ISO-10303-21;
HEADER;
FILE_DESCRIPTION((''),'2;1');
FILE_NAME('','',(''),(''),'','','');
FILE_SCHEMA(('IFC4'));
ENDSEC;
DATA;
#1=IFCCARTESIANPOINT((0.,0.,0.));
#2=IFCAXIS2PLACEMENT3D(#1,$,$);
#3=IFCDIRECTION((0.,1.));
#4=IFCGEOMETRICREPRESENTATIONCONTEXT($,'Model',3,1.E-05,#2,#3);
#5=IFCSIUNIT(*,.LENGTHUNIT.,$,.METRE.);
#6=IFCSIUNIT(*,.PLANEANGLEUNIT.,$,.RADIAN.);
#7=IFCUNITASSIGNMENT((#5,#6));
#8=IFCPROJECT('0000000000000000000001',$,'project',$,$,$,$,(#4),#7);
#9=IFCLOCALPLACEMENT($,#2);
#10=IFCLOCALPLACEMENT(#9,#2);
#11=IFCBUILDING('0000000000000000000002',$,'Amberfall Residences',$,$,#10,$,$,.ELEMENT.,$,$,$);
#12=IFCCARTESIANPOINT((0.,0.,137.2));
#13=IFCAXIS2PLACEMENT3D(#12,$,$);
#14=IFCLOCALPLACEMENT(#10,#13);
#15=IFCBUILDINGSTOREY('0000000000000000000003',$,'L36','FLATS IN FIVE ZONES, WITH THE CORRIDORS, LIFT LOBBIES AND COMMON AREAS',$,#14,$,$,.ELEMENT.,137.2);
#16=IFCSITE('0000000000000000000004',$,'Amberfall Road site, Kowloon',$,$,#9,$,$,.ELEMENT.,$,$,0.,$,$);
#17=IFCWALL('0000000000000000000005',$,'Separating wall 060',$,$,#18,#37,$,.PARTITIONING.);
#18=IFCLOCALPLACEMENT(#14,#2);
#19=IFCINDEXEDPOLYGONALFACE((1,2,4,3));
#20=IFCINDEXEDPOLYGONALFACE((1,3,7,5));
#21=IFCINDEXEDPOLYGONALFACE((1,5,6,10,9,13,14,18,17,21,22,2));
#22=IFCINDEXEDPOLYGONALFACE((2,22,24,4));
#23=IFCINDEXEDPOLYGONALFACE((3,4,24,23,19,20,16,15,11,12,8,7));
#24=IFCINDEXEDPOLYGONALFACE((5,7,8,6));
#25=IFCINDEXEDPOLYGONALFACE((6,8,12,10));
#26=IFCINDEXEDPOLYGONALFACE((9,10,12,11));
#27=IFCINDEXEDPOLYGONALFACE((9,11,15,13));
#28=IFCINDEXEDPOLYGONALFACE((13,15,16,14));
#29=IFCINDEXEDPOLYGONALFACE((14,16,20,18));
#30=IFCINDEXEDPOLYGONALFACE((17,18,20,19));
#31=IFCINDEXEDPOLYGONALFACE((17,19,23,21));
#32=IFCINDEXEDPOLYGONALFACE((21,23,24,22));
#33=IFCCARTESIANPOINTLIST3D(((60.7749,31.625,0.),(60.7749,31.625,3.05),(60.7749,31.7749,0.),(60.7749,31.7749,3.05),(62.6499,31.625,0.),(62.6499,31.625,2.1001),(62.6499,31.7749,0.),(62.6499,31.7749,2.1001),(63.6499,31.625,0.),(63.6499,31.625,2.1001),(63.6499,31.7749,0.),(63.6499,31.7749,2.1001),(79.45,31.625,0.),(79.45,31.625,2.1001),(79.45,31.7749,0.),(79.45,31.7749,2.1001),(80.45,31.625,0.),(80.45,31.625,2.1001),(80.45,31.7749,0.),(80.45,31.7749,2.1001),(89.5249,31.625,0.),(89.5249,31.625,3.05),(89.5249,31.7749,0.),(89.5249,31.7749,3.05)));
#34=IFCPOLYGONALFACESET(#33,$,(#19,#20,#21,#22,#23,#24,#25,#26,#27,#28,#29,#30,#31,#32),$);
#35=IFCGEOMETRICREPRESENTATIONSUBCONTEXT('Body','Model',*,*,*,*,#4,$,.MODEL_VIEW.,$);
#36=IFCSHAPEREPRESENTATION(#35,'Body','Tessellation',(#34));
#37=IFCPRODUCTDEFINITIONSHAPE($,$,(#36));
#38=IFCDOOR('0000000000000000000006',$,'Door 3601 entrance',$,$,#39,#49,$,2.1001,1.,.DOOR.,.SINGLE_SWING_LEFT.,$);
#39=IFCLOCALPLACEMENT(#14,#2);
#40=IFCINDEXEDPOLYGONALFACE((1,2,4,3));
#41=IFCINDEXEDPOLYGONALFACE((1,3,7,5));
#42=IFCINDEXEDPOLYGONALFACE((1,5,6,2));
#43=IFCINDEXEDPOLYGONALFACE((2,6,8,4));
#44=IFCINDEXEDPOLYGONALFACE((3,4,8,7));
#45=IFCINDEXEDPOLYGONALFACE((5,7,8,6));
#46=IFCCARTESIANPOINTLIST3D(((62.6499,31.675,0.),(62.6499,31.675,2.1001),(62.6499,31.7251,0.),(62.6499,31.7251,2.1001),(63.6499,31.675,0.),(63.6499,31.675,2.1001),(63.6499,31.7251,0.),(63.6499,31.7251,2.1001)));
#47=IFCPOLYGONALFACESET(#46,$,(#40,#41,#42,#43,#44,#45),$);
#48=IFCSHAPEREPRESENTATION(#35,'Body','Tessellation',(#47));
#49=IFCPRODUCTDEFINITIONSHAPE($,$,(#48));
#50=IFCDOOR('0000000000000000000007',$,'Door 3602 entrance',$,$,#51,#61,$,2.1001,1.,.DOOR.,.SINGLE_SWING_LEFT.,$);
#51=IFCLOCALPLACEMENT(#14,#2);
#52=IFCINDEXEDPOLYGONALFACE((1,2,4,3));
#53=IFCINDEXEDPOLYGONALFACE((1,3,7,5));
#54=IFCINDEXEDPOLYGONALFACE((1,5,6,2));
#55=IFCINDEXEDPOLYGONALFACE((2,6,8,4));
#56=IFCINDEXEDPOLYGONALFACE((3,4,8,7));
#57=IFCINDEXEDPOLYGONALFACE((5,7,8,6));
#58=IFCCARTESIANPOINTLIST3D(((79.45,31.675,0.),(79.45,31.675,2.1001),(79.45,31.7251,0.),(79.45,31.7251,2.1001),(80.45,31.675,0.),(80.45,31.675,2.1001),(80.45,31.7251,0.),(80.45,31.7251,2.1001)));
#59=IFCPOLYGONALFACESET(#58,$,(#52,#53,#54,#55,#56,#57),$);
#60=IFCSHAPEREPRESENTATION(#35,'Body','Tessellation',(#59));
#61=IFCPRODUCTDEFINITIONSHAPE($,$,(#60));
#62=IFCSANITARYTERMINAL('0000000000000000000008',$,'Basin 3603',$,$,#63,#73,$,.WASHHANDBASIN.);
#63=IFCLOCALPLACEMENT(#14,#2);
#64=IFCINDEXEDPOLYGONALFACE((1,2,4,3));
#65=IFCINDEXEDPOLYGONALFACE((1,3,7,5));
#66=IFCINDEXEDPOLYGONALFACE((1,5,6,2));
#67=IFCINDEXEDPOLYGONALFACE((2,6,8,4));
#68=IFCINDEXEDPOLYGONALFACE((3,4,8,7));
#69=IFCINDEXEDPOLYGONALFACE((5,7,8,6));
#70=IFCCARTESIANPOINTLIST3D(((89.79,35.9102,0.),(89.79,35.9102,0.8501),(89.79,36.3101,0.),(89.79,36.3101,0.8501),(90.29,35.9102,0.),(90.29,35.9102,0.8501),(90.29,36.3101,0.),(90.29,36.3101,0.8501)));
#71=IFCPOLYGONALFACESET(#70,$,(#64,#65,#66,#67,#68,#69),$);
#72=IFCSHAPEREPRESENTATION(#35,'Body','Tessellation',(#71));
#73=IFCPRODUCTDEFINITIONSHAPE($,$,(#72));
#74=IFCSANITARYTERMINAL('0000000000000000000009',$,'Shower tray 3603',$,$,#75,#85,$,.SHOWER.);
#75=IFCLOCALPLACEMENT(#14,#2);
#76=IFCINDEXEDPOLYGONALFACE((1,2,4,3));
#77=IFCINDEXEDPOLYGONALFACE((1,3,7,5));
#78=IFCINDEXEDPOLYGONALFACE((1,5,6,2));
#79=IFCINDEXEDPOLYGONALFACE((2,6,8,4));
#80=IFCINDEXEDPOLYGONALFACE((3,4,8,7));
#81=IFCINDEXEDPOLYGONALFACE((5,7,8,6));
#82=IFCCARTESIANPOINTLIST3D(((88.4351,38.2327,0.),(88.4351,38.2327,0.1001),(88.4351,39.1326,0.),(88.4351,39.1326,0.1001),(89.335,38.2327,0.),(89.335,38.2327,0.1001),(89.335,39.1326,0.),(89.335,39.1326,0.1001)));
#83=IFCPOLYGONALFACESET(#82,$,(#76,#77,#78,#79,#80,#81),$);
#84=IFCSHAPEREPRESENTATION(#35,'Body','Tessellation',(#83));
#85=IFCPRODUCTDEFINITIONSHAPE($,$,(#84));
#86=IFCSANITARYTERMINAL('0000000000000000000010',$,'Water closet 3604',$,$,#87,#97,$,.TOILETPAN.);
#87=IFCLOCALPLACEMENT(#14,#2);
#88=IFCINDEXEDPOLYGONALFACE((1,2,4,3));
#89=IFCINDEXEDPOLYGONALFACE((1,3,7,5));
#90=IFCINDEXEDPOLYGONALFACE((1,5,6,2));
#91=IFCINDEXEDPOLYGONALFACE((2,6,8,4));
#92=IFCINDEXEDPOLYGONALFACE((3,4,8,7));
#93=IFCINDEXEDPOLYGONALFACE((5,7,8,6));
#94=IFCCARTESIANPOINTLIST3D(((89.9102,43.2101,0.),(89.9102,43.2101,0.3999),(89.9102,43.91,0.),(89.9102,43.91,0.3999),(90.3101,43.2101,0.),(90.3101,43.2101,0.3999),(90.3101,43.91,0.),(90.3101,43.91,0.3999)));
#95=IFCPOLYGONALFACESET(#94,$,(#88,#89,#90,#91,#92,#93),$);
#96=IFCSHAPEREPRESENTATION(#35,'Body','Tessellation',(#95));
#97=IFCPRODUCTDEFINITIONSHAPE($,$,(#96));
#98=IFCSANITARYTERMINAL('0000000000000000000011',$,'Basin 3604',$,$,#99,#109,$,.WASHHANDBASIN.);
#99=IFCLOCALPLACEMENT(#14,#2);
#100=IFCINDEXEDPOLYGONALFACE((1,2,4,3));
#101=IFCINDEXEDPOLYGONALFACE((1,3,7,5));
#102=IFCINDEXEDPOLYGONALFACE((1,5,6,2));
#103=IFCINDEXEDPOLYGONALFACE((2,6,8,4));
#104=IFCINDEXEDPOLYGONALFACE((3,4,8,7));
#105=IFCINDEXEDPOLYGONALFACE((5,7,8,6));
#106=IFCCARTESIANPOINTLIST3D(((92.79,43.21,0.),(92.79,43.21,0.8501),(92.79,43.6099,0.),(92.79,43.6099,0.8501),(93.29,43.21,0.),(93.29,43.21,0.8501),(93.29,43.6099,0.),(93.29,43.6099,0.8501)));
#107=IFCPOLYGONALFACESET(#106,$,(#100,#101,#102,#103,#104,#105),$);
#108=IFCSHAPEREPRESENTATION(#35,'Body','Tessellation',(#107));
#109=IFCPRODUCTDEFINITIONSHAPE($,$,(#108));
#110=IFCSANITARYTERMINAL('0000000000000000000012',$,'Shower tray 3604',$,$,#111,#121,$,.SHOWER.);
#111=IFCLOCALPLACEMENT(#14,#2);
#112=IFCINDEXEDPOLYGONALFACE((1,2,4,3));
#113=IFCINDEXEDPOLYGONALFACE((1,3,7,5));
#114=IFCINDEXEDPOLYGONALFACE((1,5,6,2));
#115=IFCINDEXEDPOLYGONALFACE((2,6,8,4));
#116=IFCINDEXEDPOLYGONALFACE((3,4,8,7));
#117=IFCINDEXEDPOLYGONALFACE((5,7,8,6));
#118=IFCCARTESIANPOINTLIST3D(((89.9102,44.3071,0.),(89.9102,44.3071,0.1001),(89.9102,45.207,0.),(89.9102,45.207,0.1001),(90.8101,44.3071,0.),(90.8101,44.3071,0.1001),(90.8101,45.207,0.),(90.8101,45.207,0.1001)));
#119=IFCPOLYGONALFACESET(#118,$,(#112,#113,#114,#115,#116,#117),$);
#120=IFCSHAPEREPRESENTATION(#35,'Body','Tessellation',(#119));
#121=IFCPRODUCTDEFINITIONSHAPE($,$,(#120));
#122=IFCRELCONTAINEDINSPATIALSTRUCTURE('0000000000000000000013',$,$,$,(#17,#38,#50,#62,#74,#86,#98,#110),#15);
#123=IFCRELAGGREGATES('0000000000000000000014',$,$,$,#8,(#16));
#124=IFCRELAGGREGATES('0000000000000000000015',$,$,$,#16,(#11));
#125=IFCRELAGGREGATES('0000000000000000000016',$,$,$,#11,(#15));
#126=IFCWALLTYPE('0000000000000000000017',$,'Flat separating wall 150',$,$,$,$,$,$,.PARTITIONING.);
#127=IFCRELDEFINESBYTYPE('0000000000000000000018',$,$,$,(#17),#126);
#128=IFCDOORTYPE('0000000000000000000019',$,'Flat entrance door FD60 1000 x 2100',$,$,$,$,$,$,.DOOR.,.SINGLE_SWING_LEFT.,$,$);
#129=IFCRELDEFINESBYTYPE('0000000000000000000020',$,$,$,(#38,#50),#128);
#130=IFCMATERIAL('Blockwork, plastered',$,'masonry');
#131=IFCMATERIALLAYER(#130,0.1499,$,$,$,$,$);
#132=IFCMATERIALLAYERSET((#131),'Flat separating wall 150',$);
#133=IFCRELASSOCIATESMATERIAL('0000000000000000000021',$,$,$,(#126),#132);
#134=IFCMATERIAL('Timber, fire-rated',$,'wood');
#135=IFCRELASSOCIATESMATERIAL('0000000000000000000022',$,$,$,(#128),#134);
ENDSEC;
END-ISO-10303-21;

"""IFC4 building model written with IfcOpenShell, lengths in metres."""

from ifc_helpers import new_model, si_unit, direction, frame, frame_2d, origin, origin_2d, place, context, subcontext, project, spatial, rectangle, extrude, material, layer, layer_set, type_object, element, fill, save


model = new_model("IFC4")

# Units and contexts
model_context = context("Model", 3, precision=1e-05, world=origin(), true_north=direction((0.0, 1.0)))
body_context = subcontext(model_context, "Body", "Model", "MODEL_VIEW")
ifc_project = project(units=[si_unit("LENGTHUNIT", "METRE"), si_unit("PLANEANGLEUNIT", "RADIAN")], contexts=[model_context])

# Site, building, storey
site_placement = place(None, origin())
site = spatial("IfcSite", under=ifc_project, at=site_placement, Name="Amberfall Road site, Kowloon", CompositionType="ELEMENT", RefElevation=0.0)
building_placement = place(site_placement, origin())
building = spatial("IfcBuilding", under=site, at=building_placement, Name="Amberfall Residences", CompositionType="ELEMENT")
storey_placement = place(building_placement, frame((0.0, 0.0, 137.2)))
storey = spatial("IfcBuildingStorey", under=building, at=storey_placement, Name="L36", Description="FLATS IN FIVE ZONES, WITH THE CORRIDORS, LIFT LOBBIES AND COMMON AREAS", CompositionType="ELEMENT", Elevation=137.2)

# Wall, openings, doors
ifc_material_1 = material(Name="Blockwork, plastered", Category="masonry")
ifc_layer_1 = layer(ifc_material_1, 0.1499)
ifc_layer_set_1 = layer_set([ifc_layer_1], Name="Flat separating wall 150")
wall_type_1 = type_object("IfcWallType", Name="Flat separating wall 150", PredefinedType="PARTITIONING", material=ifc_layer_set_1)
wall_1_placement = place(storey_placement, frame((89.5249, 31.7, 0.0), z_axis=(0.0, 0.0, 1.0), x_axis=(-1.0, 0.0, 0.0)))
wall_1 = element("IfcWall", 1, at=wall_1_placement, inside=storey, type_object=wall_type_1, Name="Separating wall 060", PredefinedType="PARTITIONING", context=body_context, shape_type="SweptSolid", body=[
    extrude(rectangle(XDim=28.75, YDim=0.1499, at=frame_2d((14.375, 0.0))), origin(), (0.0, 0.0, 1.0), 3.05),
])
opening_1_placement = place(wall_1_placement, frame((25.875, 0.0, 0.0)))
opening_1 = element("IfcOpeningElement", 2, at=opening_1_placement, cuts=wall_1, PredefinedType="OPENING", context=body_context, shape_type="SweptSolid", body=[
    extrude(rectangle(XDim=1.0, YDim=2.1001, at=frame_2d((0.5, 1.05))), frame((0.0, 0.085, 0.0), z_axis=(0.0, -1.0, 0.0), x_axis=(1.0, 0.0, 0.0)), (0.0, 0.0, 1.0), 0.1699),
])
opening_2_placement = place(wall_1_placement, frame((9.075, 0.0, 0.0)))
opening_2 = element("IfcOpeningElement", 3, at=opening_2_placement, cuts=wall_1, PredefinedType="OPENING", context=body_context, shape_type="SweptSolid", body=[
    extrude(rectangle(XDim=1.0, YDim=2.1001, at=frame_2d((0.5, 1.05))), frame((0.0, 0.085, 0.0), z_axis=(0.0, -1.0, 0.0), x_axis=(1.0, 0.0, 0.0)), (0.0, 0.0, 1.0), 0.1699),
])
ifc_material_2 = material(Name="Timber, fire-rated", Category="wood")
door_type_1 = type_object("IfcDoorType", Name="Flat entrance door FD60 1000 x 2100", OperationType="SINGLE_SWING_LEFT", PredefinedType="DOOR", material=ifc_material_2)
door_1_placement = place(opening_1_placement, origin())
door_1 = element("IfcDoor", 4, at=door_1_placement, inside=storey, type_object=door_type_1, Name="Door 3601 entrance", OperationType="SINGLE_SWING_LEFT", OverallHeight=2.1001, OverallWidth=1.0, PredefinedType="DOOR", context=body_context, shape_type="SweptSolid", body=[
    extrude(rectangle(XDim=1.0, YDim=2.1001, at=frame_2d((0.5, 1.05))), frame((0.0, 0.0249, 0.0), z_axis=(0.0, -1.0, 0.0), x_axis=(1.0, 0.0, 0.0)), (0.0, 0.0, 1.0), 0.05),
])
fill(opening_1, door_1)
door_2_placement = place(opening_2_placement, origin())
door_2 = element("IfcDoor", 5, at=door_2_placement, inside=storey, type_object=door_type_1, Name="Door 3602 entrance", OperationType="SINGLE_SWING_LEFT", OverallHeight=2.1001, OverallWidth=1.0, PredefinedType="DOOR", context=body_context, shape_type="SweptSolid", body=[
    extrude(rectangle(XDim=1.0, YDim=2.1001, at=frame_2d((0.5, 1.05))), frame((0.0, 0.0249, 0.0), z_axis=(0.0, -1.0, 0.0), x_axis=(1.0, 0.0, 0.0)), (0.0, 0.0, 1.0), 0.05),
])
fill(opening_2, door_2)

# Sanitary terminals
sanitary_terminal_1_placement = place(storey_placement, frame((90.04, 36.1101, 0.0), z_axis=(0.0, 0.0, 1.0), x_axis=(1.0, 0.0, 0.0)))
element("IfcSanitaryTerminal", 6, at=sanitary_terminal_1_placement, inside=storey, Name="Basin 3603", PredefinedType="WASHHANDBASIN", context=body_context, shape_type="SweptSolid", body=[
    extrude(rectangle(XDim=0.5, YDim=0.3999, at=origin_2d()), origin(), (0.0, 0.0, 1.0), 0.8501),
])
sanitary_terminal_2_placement = place(storey_placement, frame((88.885, 38.6826, 0.0), z_axis=(0.0, 0.0, 1.0), x_axis=(1.0, 0.0, 0.0)))
element("IfcSanitaryTerminal", 7, at=sanitary_terminal_2_placement, inside=storey, Name="Shower tray 3603", PredefinedType="SHOWER", context=body_context, shape_type="SweptSolid", body=[
    extrude(rectangle(XDim=0.8999, YDim=0.8999, at=origin_2d()), origin(), (0.0, 0.0, 1.0), 0.1001),
])
sanitary_terminal_3_placement = place(storey_placement, frame((90.1101, 43.5601, 0.0), z_axis=(0.0, 0.0, 1.0), x_axis=(1.0, 0.0, 0.0)))
element("IfcSanitaryTerminal", 8, at=sanitary_terminal_3_placement, inside=storey, Name="Water closet 3604", PredefinedType="TOILETPAN", context=body_context, shape_type="SweptSolid", body=[
    extrude(rectangle(XDim=0.3999, YDim=0.7, at=origin_2d()), origin(), (0.0, 0.0, 1.0), 0.3999),
])
sanitary_terminal_4_placement = place(storey_placement, frame((93.04, 43.4099, 0.0), z_axis=(0.0, 0.0, 1.0), x_axis=(1.0, 0.0, 0.0)))
element("IfcSanitaryTerminal", 9, at=sanitary_terminal_4_placement, inside=storey, Name="Basin 3604", PredefinedType="WASHHANDBASIN", context=body_context, shape_type="SweptSolid", body=[
    extrude(rectangle(XDim=0.5, YDim=0.3999, at=origin_2d()), origin(), (0.0, 0.0, 1.0), 0.8501),
])
sanitary_terminal_5_placement = place(storey_placement, frame((90.3601, 44.7571, 0.0), z_axis=(0.0, 0.0, 1.0), x_axis=(1.0, 0.0, 0.0)))
element("IfcSanitaryTerminal", 10, at=sanitary_terminal_5_placement, inside=storey, Name="Shower tray 3604", PredefinedType="SHOWER", context=body_context, shape_type="SweptSolid", body=[
    extrude(rectangle(XDim=0.8999, YDim=0.8999, at=origin_2d()), origin(), (0.0, 0.0, 1.0), 0.1001),
])

save(model, "model.ifc")
